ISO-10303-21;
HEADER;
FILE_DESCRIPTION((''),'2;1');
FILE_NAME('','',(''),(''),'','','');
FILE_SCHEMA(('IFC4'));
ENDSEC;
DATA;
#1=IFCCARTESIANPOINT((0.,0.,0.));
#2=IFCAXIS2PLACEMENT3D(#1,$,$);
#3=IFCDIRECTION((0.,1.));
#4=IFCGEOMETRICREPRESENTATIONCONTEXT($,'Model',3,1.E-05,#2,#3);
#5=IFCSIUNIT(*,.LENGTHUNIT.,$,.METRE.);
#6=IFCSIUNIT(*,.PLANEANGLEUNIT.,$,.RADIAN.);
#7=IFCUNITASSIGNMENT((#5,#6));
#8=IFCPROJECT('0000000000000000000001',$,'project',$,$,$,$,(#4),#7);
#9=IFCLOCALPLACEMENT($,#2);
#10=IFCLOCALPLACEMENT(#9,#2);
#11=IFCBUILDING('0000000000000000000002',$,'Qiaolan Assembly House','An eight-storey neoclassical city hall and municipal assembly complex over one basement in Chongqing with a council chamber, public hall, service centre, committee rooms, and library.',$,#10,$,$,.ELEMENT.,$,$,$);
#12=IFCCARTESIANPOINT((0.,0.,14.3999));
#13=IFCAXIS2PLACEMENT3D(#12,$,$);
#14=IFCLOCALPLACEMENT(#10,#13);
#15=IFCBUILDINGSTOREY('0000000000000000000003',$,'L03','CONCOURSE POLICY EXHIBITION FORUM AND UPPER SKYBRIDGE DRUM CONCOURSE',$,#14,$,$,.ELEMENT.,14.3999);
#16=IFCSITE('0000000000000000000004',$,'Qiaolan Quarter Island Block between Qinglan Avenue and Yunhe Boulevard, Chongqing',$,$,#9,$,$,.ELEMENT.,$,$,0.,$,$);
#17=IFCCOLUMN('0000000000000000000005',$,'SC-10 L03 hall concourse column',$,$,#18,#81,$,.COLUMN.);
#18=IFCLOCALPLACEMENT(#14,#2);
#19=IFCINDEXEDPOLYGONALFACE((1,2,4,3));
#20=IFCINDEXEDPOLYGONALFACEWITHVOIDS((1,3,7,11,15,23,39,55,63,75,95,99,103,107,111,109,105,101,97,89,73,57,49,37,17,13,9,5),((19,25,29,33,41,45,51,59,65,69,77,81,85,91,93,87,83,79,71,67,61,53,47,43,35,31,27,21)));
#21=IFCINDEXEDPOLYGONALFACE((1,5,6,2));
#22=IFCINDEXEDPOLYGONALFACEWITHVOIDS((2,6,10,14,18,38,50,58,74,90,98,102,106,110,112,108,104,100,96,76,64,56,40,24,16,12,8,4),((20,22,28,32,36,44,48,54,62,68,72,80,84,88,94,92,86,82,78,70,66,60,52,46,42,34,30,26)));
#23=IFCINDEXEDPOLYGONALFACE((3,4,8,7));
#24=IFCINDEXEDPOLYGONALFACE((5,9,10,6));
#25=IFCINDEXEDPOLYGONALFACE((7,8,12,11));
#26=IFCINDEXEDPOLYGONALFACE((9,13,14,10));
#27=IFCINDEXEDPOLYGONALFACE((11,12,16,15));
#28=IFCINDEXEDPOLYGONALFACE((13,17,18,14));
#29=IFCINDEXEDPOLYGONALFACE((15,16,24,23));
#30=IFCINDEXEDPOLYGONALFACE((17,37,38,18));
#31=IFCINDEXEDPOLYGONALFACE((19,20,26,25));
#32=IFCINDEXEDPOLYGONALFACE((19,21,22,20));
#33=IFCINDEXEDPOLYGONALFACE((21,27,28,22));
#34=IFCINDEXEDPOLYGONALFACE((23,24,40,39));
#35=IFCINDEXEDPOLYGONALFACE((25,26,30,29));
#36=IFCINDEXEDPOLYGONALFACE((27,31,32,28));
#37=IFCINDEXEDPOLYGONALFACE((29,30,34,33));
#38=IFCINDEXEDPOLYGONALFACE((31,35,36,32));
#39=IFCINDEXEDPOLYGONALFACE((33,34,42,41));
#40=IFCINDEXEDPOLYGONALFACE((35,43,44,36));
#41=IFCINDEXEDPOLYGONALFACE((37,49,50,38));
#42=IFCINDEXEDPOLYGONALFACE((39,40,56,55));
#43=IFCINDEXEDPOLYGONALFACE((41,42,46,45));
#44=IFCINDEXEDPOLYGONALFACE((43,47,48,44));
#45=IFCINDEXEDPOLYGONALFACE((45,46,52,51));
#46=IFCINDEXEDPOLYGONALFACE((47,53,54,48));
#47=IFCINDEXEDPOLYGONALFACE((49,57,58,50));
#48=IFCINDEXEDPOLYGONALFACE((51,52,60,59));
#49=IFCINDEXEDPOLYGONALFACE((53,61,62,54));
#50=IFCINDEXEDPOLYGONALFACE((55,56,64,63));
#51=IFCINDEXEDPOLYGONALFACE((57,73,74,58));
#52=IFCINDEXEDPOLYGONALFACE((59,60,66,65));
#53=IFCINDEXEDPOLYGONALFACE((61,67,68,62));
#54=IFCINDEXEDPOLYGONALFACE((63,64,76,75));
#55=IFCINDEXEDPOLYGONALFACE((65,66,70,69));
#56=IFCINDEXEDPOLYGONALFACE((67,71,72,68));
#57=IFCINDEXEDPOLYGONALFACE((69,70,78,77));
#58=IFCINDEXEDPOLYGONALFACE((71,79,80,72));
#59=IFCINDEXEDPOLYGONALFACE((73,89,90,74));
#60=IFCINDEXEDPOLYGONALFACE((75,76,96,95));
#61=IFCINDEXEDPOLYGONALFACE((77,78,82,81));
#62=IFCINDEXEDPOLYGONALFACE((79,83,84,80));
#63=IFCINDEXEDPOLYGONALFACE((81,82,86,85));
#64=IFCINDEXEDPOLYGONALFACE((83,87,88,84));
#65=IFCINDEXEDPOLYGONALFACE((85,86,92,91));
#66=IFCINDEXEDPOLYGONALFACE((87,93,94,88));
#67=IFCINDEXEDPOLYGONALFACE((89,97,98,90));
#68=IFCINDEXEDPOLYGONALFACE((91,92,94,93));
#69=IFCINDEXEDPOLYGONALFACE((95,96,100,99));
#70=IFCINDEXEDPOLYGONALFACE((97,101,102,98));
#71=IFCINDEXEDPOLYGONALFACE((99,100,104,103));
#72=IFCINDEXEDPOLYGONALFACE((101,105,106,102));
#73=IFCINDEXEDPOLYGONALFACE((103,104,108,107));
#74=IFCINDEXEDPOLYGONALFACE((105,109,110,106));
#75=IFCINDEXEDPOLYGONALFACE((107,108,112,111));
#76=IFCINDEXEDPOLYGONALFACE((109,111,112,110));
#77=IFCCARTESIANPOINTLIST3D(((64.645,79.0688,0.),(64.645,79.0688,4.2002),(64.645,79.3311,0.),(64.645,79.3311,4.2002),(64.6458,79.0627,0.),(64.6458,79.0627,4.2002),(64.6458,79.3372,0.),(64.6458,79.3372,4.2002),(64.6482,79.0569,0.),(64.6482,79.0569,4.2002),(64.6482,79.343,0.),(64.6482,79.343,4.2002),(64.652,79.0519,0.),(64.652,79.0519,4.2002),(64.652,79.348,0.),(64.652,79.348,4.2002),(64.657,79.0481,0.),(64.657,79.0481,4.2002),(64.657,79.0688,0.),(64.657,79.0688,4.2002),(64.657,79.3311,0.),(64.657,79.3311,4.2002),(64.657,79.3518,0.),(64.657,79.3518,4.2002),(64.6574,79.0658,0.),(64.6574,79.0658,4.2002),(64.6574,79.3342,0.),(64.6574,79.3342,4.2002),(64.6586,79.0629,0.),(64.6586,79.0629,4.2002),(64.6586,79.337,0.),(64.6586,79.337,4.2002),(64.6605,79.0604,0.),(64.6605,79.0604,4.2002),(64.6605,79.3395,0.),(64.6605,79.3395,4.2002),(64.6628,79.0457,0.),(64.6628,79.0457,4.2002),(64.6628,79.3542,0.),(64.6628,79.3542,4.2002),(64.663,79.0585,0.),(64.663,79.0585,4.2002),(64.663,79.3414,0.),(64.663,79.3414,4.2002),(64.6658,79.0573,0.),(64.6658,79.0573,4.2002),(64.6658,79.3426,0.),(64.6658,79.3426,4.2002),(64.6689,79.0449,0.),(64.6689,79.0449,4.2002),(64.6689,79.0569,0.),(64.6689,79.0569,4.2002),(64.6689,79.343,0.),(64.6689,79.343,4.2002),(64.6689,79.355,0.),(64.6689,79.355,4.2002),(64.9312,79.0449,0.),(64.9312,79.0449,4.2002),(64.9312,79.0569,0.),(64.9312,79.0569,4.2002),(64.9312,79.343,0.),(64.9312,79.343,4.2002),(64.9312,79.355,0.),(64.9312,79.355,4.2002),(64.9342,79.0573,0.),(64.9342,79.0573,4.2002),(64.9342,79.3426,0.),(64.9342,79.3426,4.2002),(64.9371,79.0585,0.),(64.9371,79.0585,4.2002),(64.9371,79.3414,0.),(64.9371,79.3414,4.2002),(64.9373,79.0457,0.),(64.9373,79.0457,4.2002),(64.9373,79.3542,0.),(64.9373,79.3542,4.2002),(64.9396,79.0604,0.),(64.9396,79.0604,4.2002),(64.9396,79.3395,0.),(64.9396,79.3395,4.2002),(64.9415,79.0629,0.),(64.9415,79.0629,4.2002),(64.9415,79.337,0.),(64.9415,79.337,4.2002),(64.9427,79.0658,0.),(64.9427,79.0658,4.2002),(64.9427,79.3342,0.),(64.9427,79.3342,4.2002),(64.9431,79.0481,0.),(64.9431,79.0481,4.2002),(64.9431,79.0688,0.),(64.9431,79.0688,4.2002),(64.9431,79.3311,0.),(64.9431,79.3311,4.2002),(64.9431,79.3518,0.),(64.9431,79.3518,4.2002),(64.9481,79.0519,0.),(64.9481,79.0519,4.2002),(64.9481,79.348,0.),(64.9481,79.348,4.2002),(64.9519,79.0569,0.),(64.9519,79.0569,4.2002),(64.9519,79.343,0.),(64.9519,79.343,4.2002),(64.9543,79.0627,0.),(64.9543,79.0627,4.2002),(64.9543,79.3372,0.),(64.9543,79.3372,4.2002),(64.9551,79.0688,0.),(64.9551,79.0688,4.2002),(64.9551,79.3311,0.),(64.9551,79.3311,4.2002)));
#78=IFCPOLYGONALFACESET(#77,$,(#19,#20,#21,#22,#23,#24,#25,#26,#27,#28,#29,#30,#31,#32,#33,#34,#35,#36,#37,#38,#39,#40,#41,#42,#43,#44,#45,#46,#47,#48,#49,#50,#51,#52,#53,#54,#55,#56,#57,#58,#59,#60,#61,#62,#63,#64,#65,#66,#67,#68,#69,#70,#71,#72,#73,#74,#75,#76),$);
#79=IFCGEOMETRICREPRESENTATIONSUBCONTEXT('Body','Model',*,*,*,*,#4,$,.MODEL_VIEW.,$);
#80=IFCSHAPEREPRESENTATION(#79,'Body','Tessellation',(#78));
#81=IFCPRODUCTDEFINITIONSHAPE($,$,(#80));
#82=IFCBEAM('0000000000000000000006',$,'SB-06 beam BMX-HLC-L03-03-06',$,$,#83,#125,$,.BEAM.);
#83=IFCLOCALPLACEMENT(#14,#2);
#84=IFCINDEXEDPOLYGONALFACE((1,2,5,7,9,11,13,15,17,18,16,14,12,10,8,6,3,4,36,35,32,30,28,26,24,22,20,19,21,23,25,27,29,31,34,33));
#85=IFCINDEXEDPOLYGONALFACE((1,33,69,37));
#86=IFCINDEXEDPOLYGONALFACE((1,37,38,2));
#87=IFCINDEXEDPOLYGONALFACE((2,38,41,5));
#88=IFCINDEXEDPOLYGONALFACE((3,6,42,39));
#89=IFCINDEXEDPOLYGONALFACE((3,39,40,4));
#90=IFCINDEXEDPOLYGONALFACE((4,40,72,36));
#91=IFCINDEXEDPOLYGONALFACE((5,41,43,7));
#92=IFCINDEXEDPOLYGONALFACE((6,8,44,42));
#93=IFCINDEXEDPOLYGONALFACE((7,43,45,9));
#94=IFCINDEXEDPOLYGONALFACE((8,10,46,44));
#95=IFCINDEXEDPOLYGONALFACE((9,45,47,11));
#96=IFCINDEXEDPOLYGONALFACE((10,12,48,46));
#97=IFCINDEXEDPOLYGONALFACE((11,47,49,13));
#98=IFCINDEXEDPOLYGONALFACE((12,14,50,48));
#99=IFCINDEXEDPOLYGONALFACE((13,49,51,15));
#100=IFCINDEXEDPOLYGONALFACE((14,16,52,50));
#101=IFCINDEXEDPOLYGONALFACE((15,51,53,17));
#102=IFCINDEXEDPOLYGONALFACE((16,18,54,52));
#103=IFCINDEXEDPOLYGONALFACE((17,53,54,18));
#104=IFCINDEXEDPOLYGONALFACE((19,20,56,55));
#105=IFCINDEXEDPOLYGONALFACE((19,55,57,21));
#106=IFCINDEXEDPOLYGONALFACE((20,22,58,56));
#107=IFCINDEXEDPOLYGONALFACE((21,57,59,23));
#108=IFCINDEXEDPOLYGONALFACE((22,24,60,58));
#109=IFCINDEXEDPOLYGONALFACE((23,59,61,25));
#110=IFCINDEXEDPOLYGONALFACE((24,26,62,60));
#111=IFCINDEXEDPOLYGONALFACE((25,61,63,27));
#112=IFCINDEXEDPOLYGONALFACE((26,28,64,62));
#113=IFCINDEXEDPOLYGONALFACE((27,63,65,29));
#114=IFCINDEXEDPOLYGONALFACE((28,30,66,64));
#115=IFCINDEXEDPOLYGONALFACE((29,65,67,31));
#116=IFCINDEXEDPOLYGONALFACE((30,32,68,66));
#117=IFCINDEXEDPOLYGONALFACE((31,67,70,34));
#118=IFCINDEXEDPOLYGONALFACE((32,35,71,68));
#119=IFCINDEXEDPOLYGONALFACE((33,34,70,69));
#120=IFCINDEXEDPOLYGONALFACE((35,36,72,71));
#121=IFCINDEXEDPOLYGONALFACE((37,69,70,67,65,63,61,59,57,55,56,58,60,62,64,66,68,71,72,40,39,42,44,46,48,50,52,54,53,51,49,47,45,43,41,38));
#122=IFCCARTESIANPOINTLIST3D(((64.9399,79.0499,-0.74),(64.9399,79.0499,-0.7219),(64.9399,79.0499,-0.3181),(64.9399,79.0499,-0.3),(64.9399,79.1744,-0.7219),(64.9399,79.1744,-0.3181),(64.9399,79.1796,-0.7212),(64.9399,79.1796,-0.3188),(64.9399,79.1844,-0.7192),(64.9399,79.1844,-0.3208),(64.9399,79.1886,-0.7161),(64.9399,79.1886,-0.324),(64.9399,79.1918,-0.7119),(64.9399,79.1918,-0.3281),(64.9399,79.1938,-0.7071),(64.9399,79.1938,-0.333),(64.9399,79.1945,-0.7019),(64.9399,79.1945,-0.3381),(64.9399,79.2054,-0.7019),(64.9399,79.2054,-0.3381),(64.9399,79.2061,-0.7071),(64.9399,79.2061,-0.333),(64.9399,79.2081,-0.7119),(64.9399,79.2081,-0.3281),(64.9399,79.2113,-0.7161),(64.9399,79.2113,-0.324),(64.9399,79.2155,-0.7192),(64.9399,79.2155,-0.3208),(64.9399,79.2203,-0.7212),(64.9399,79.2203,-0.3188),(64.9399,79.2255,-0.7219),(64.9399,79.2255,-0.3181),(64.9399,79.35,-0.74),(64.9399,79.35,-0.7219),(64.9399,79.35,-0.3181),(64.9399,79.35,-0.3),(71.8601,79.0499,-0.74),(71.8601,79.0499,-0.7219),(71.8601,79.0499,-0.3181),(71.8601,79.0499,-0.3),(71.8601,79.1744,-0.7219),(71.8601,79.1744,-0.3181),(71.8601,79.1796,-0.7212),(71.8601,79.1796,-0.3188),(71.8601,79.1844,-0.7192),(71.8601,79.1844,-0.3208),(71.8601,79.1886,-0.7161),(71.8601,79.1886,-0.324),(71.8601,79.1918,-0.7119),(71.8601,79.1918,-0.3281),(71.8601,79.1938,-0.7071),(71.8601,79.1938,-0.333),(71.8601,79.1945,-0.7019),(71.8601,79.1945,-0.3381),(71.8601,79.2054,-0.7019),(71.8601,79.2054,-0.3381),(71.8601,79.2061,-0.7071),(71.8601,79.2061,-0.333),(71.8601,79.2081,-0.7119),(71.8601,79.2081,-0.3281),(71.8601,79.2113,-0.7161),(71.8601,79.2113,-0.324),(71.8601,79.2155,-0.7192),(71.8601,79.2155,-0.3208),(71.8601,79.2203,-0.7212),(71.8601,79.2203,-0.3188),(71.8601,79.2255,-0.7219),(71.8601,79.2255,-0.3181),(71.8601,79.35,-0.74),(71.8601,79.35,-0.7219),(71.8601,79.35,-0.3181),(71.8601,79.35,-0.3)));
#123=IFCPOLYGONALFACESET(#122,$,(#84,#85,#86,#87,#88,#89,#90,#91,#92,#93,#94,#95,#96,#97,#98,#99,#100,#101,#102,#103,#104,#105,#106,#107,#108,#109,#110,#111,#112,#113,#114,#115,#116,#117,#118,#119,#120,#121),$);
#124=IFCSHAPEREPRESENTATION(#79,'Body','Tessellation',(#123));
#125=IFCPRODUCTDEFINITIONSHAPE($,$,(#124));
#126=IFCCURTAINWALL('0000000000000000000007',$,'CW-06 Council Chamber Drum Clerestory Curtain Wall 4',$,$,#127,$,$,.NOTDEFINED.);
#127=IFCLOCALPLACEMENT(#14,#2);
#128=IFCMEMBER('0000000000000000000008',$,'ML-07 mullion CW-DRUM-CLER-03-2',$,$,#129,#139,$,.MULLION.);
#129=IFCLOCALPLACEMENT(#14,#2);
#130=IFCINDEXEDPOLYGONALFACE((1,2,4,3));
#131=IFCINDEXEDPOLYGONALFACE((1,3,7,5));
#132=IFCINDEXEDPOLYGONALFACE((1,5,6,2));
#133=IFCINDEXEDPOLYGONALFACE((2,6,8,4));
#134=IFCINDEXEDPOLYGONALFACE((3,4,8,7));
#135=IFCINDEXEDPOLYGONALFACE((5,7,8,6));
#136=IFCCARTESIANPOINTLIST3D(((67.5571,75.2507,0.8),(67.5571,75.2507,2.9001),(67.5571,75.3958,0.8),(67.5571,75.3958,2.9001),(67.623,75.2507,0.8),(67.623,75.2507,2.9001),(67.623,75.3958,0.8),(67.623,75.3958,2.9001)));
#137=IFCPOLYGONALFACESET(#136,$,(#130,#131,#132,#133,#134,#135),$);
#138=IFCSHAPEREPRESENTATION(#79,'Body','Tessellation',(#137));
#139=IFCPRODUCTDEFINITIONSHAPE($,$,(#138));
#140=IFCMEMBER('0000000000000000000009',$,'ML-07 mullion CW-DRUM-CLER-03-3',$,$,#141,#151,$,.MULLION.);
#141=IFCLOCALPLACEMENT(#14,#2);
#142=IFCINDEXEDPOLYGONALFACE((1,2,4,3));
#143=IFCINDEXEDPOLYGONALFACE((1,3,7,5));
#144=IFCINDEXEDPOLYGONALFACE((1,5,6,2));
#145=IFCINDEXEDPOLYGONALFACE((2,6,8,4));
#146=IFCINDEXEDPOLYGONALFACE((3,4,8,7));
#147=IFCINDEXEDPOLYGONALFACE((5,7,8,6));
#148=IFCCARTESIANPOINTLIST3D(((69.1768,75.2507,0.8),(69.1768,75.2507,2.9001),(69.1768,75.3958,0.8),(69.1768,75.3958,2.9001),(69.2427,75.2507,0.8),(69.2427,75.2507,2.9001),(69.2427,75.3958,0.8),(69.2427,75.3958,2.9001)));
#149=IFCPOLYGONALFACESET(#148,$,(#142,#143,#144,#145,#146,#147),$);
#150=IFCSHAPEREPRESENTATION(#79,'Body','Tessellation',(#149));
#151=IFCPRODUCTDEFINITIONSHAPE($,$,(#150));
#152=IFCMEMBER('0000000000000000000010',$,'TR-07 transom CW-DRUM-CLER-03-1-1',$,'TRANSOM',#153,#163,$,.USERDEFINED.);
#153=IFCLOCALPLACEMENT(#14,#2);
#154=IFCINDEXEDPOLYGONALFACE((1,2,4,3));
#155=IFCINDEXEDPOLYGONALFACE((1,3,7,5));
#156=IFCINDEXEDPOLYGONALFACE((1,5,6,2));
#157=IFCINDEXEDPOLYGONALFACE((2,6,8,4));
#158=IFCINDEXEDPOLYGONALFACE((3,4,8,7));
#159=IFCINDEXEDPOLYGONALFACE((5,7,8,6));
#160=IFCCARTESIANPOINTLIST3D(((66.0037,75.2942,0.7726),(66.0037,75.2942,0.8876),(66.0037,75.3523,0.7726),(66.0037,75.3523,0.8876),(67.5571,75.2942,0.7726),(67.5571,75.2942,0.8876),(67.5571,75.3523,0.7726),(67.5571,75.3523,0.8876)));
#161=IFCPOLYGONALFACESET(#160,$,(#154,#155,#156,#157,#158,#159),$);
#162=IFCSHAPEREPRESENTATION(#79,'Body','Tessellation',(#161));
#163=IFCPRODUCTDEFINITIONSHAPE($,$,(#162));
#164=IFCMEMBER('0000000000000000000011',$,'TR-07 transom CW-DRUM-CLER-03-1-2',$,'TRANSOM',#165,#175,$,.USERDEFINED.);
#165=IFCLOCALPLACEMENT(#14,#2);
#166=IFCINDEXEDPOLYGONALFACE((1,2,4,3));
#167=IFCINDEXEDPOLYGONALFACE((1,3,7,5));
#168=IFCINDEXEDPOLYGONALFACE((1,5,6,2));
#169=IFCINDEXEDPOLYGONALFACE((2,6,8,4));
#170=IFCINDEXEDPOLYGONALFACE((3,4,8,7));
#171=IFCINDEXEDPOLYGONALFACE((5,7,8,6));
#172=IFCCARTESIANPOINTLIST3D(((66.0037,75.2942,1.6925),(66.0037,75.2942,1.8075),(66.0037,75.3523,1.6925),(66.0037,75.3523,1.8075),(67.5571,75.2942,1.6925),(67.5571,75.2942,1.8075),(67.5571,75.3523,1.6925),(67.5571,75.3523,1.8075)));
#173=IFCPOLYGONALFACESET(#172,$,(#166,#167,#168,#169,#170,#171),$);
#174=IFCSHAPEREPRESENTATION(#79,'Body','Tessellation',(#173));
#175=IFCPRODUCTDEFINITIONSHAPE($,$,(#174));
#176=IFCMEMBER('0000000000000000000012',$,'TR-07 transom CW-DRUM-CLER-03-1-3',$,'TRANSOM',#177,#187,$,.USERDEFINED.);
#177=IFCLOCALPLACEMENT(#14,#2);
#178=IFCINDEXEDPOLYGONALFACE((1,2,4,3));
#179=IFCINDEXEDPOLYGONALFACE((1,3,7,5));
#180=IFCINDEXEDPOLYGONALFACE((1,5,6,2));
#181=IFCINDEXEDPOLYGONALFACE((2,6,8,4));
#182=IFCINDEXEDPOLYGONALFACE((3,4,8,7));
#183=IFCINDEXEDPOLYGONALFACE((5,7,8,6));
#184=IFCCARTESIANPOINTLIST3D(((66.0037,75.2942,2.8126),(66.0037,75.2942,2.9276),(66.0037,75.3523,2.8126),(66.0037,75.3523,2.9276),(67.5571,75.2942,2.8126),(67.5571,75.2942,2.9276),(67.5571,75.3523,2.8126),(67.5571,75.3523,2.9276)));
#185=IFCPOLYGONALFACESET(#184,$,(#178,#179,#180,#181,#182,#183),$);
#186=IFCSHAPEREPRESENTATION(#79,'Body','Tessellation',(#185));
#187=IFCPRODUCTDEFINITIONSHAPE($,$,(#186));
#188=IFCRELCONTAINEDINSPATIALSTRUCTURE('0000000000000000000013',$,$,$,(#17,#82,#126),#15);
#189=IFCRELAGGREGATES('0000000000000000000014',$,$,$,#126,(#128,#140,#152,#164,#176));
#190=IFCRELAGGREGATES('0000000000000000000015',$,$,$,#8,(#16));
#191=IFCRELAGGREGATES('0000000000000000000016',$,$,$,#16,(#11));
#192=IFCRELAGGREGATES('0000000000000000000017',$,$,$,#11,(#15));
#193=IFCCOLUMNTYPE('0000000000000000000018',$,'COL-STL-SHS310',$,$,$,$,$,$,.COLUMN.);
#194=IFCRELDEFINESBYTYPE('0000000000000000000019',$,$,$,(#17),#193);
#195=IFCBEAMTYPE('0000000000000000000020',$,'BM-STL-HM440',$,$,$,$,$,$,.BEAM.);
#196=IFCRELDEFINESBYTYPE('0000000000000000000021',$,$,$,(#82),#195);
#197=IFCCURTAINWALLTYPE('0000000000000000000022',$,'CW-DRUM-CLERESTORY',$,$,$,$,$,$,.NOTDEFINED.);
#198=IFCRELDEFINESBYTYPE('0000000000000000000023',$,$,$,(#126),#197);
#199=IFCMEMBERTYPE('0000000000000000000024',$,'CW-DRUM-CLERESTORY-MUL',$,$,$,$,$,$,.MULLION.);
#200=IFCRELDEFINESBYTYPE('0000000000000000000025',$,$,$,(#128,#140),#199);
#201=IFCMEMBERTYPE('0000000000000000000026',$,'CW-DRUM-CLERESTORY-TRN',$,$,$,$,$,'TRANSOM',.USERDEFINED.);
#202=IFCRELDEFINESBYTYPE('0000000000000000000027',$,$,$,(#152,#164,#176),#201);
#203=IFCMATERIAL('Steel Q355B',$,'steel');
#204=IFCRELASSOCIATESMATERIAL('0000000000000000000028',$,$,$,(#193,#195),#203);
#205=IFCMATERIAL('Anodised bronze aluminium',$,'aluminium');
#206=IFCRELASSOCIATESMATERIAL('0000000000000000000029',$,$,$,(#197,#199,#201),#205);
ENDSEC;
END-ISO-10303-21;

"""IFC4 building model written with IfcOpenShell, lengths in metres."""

from ifc_helpers import new_model, si_unit, direction, frame, origin, origin_2d, place, context, subcontext, project, spatial, rectangle, hollow_rectangle, i_section, extrude, material, material_profile, profile_set, type_object, element, aggregate, save


model = new_model("IFC4")

# Units and contexts
model_context = context("Model", 3, precision=1e-05, world=origin(), true_north=direction((0.0, 1.0)))
body_context = subcontext(model_context, "Body", "Model", "MODEL_VIEW")
ifc_project = project(units=[si_unit("LENGTHUNIT", "METRE"), si_unit("PLANEANGLEUNIT", "RADIAN")], contexts=[model_context])

# Site, building, storey
site_placement = place(None, origin())
site = spatial("IfcSite", under=ifc_project, at=site_placement, Name="Qiaolan Quarter Island Block between Qinglan Avenue and Yunhe Boulevard, Chongqing", CompositionType="ELEMENT", RefElevation=0.0)
building_placement = place(site_placement, origin())
building = spatial("IfcBuilding", under=site, at=building_placement, Name="Qiaolan Assembly House", Description="An eight-storey neoclassical city hall and municipal assembly complex over one basement in Chongqing with a council chamber, public hall, service centre, committee rooms, and library.", CompositionType="ELEMENT")
storey_placement = place(building_placement, frame((0.0, 0.0, 14.3999)))
storey = spatial("IfcBuildingStorey", under=building, at=storey_placement, Name="L03", Description="CONCOURSE POLICY EXHIBITION FORUM AND UPPER SKYBRIDGE DRUM CONCOURSE", CompositionType="ELEMENT", Elevation=14.3999)

# Column
ifc_material_1 = material(Name="Steel Q355B", Category="steel")
ifc_material_profile_1 = material_profile(ifc_material_1, hollow_rectangle(XDim=0.3101, YDim=0.3101, WallThickness=0.012, InnerFilletRadius=0.012, OuterFilletRadius=0.0239, at=origin_2d()), Name="SHS 310x310x12")
ifc_profile_set_1 = profile_set([ifc_material_profile_1], Name="Steel Q355B")
column_type = type_object("IfcColumnType", Name="COL-STL-SHS310", PredefinedType="COLUMN", material=ifc_profile_set_1)
column_placement = place(storey_placement, frame((64.8, 79.2, 0.0), z_axis=(0.0, 0.0, 1.0), x_axis=(1.0, 0.0, 0.0)))
element("IfcColumn", 1, at=column_placement, inside=storey, type_object=column_type, Name="SC-10 L03 hall concourse column", PredefinedType="COLUMN", context=body_context, shape_type="SweptSolid", body=[
    extrude(hollow_rectangle(XDim=0.3101, YDim=0.3101, WallThickness=0.012, InnerFilletRadius=0.012, OuterFilletRadius=0.0239, at=origin_2d()), origin(), (0.0, 0.0, 1.0), 4.2002),
])

# Beam
ifc_material_profile_2 = material_profile(ifc_material_1, i_section(OverallWidth=0.3, OverallDepth=0.4399, WebThickness=0.011, FlangeThickness=0.0181, FilletRadius=0.02, at=origin_2d()), Name="HM 440x300x11x18")
ifc_profile_set_2 = profile_set([ifc_material_profile_2], Name="Steel Q355B")
beam_type = type_object("IfcBeamType", Name="BM-STL-HM440", PredefinedType="BEAM", material=ifc_profile_set_2)
beam_placement = place(storey_placement, frame((64.9399, 79.2, -0.52), z_axis=(1.0, 0.0, 0.0), x_axis=(0.0, 1.0, 0.0)))
element("IfcBeam", 2, at=beam_placement, inside=storey, type_object=beam_type, Name="SB-06 beam BMX-HLC-L03-03-06", PredefinedType="BEAM", context=body_context, shape_type="SweptSolid", body=[
    extrude(i_section(OverallWidth=0.3, OverallDepth=0.4399, WebThickness=0.011, FlangeThickness=0.0181, FilletRadius=0.02, at=origin_2d()), origin(), (0.0, 0.0, 1.0), 6.9202),
])

# Curtain wall, members
ifc_material_2 = material(Name="Anodised bronze aluminium", Category="aluminium")
curtain_wall_type = type_object("IfcCurtainWallType", Name="CW-DRUM-CLERESTORY", PredefinedType="NOTDEFINED", material=ifc_material_2)
curtain_wall_placement = place(storey_placement, origin())
curtain_wall = element("IfcCurtainWall", 3, at=curtain_wall_placement, inside=storey, type_object=curtain_wall_type, Name="CW-06 Council Chamber Drum Clerestory Curtain Wall 4", PredefinedType="NOTDEFINED")
ifc_material_profile_3 = material_profile(ifc_material_2, rectangle(XDim=0.0659, YDim=0.145, at=origin_2d()), Name="MUL 66x145")
ifc_profile_set_3 = profile_set([ifc_material_profile_3], Name="Anodised bronze aluminium")
member_type_1 = type_object("IfcMemberType", Name="CW-DRUM-CLERESTORY-MUL", PredefinedType="MULLION", material=ifc_profile_set_3)
member_1_placement = place(storey_placement, frame((67.5901, 75.3232, 0.8), z_axis=(0.0, 0.0, 1.0), x_axis=(1.0, 0.0, 0.0)))
member_1 = element("IfcMember", 4, at=member_1_placement, type_object=member_type_1, Name="ML-07 mullion CW-DRUM-CLER-03-2", PredefinedType="MULLION", context=body_context, shape_type="SweptSolid", body=[
    extrude(rectangle(XDim=0.0659, YDim=0.145, at=origin_2d()), origin(), (0.0, 0.0, 1.0), 2.1001),
])
member_2_placement = place(storey_placement, frame((69.2097, 75.3232, 0.8), z_axis=(0.0, 0.0, 1.0), x_axis=(1.0, 0.0, 0.0)))
member_2 = element("IfcMember", 5, at=member_2_placement, type_object=member_type_1, Name="ML-07 mullion CW-DRUM-CLER-03-3", PredefinedType="MULLION", context=body_context, shape_type="SweptSolid", body=[
    extrude(rectangle(XDim=0.0659, YDim=0.145, at=origin_2d()), origin(), (0.0, 0.0, 1.0), 2.1001),
])
ifc_material_profile_4 = material_profile(ifc_material_2, rectangle(XDim=0.0581, YDim=0.115, at=origin_2d()), Name="TRN 58x115")
ifc_profile_set_4 = profile_set([ifc_material_profile_4], Name="Anodised bronze aluminium")
member_type_2 = type_object("IfcMemberType", Name="CW-DRUM-CLERESTORY-TRN", ElementType="TRANSOM", PredefinedType="USERDEFINED", material=ifc_profile_set_4)
member_3_placement = place(storey_placement, frame((66.0037, 75.3232, 0.8301), z_axis=(1.0, 0.0, 0.0), x_axis=(0.0, 1.0, 0.0)))
member_3 = element("IfcMember", 6, at=member_3_placement, type_object=member_type_2, Name="TR-07 transom CW-DRUM-CLER-03-1-1", ObjectType="TRANSOM", PredefinedType="USERDEFINED", context=body_context, shape_type="SweptSolid", body=[
    extrude(rectangle(XDim=0.0581, YDim=0.115, at=origin_2d()), origin(), (0.0, 0.0, 1.0), 1.5535),
])
member_4_placement = place(storey_placement, frame((66.0037, 75.3232, 1.75), z_axis=(1.0, 0.0, 0.0), x_axis=(0.0, 1.0, 0.0)))
member_4 = element("IfcMember", 7, at=member_4_placement, type_object=member_type_2, Name="TR-07 transom CW-DRUM-CLER-03-1-2", ObjectType="TRANSOM", PredefinedType="USERDEFINED", context=body_context, shape_type="SweptSolid", body=[
    extrude(rectangle(XDim=0.0581, YDim=0.115, at=origin_2d()), origin(), (0.0, 0.0, 1.0), 1.5535),
])
member_5_placement = place(storey_placement, frame((66.0037, 75.3232, 2.8701), z_axis=(1.0, 0.0, 0.0), x_axis=(0.0, 1.0, 0.0)))
member_5 = element("IfcMember", 8, at=member_5_placement, type_object=member_type_2, Name="TR-07 transom CW-DRUM-CLER-03-1-3", ObjectType="TRANSOM", PredefinedType="USERDEFINED", context=body_context, shape_type="SweptSolid", body=[
    extrude(rectangle(XDim=0.0581, YDim=0.115, at=origin_2d()), origin(), (0.0, 0.0, 1.0), 1.5535),
])
aggregate(curtain_wall, [member_1, member_2, member_3, member_4, member_5])

save(model, "model.ifc")
